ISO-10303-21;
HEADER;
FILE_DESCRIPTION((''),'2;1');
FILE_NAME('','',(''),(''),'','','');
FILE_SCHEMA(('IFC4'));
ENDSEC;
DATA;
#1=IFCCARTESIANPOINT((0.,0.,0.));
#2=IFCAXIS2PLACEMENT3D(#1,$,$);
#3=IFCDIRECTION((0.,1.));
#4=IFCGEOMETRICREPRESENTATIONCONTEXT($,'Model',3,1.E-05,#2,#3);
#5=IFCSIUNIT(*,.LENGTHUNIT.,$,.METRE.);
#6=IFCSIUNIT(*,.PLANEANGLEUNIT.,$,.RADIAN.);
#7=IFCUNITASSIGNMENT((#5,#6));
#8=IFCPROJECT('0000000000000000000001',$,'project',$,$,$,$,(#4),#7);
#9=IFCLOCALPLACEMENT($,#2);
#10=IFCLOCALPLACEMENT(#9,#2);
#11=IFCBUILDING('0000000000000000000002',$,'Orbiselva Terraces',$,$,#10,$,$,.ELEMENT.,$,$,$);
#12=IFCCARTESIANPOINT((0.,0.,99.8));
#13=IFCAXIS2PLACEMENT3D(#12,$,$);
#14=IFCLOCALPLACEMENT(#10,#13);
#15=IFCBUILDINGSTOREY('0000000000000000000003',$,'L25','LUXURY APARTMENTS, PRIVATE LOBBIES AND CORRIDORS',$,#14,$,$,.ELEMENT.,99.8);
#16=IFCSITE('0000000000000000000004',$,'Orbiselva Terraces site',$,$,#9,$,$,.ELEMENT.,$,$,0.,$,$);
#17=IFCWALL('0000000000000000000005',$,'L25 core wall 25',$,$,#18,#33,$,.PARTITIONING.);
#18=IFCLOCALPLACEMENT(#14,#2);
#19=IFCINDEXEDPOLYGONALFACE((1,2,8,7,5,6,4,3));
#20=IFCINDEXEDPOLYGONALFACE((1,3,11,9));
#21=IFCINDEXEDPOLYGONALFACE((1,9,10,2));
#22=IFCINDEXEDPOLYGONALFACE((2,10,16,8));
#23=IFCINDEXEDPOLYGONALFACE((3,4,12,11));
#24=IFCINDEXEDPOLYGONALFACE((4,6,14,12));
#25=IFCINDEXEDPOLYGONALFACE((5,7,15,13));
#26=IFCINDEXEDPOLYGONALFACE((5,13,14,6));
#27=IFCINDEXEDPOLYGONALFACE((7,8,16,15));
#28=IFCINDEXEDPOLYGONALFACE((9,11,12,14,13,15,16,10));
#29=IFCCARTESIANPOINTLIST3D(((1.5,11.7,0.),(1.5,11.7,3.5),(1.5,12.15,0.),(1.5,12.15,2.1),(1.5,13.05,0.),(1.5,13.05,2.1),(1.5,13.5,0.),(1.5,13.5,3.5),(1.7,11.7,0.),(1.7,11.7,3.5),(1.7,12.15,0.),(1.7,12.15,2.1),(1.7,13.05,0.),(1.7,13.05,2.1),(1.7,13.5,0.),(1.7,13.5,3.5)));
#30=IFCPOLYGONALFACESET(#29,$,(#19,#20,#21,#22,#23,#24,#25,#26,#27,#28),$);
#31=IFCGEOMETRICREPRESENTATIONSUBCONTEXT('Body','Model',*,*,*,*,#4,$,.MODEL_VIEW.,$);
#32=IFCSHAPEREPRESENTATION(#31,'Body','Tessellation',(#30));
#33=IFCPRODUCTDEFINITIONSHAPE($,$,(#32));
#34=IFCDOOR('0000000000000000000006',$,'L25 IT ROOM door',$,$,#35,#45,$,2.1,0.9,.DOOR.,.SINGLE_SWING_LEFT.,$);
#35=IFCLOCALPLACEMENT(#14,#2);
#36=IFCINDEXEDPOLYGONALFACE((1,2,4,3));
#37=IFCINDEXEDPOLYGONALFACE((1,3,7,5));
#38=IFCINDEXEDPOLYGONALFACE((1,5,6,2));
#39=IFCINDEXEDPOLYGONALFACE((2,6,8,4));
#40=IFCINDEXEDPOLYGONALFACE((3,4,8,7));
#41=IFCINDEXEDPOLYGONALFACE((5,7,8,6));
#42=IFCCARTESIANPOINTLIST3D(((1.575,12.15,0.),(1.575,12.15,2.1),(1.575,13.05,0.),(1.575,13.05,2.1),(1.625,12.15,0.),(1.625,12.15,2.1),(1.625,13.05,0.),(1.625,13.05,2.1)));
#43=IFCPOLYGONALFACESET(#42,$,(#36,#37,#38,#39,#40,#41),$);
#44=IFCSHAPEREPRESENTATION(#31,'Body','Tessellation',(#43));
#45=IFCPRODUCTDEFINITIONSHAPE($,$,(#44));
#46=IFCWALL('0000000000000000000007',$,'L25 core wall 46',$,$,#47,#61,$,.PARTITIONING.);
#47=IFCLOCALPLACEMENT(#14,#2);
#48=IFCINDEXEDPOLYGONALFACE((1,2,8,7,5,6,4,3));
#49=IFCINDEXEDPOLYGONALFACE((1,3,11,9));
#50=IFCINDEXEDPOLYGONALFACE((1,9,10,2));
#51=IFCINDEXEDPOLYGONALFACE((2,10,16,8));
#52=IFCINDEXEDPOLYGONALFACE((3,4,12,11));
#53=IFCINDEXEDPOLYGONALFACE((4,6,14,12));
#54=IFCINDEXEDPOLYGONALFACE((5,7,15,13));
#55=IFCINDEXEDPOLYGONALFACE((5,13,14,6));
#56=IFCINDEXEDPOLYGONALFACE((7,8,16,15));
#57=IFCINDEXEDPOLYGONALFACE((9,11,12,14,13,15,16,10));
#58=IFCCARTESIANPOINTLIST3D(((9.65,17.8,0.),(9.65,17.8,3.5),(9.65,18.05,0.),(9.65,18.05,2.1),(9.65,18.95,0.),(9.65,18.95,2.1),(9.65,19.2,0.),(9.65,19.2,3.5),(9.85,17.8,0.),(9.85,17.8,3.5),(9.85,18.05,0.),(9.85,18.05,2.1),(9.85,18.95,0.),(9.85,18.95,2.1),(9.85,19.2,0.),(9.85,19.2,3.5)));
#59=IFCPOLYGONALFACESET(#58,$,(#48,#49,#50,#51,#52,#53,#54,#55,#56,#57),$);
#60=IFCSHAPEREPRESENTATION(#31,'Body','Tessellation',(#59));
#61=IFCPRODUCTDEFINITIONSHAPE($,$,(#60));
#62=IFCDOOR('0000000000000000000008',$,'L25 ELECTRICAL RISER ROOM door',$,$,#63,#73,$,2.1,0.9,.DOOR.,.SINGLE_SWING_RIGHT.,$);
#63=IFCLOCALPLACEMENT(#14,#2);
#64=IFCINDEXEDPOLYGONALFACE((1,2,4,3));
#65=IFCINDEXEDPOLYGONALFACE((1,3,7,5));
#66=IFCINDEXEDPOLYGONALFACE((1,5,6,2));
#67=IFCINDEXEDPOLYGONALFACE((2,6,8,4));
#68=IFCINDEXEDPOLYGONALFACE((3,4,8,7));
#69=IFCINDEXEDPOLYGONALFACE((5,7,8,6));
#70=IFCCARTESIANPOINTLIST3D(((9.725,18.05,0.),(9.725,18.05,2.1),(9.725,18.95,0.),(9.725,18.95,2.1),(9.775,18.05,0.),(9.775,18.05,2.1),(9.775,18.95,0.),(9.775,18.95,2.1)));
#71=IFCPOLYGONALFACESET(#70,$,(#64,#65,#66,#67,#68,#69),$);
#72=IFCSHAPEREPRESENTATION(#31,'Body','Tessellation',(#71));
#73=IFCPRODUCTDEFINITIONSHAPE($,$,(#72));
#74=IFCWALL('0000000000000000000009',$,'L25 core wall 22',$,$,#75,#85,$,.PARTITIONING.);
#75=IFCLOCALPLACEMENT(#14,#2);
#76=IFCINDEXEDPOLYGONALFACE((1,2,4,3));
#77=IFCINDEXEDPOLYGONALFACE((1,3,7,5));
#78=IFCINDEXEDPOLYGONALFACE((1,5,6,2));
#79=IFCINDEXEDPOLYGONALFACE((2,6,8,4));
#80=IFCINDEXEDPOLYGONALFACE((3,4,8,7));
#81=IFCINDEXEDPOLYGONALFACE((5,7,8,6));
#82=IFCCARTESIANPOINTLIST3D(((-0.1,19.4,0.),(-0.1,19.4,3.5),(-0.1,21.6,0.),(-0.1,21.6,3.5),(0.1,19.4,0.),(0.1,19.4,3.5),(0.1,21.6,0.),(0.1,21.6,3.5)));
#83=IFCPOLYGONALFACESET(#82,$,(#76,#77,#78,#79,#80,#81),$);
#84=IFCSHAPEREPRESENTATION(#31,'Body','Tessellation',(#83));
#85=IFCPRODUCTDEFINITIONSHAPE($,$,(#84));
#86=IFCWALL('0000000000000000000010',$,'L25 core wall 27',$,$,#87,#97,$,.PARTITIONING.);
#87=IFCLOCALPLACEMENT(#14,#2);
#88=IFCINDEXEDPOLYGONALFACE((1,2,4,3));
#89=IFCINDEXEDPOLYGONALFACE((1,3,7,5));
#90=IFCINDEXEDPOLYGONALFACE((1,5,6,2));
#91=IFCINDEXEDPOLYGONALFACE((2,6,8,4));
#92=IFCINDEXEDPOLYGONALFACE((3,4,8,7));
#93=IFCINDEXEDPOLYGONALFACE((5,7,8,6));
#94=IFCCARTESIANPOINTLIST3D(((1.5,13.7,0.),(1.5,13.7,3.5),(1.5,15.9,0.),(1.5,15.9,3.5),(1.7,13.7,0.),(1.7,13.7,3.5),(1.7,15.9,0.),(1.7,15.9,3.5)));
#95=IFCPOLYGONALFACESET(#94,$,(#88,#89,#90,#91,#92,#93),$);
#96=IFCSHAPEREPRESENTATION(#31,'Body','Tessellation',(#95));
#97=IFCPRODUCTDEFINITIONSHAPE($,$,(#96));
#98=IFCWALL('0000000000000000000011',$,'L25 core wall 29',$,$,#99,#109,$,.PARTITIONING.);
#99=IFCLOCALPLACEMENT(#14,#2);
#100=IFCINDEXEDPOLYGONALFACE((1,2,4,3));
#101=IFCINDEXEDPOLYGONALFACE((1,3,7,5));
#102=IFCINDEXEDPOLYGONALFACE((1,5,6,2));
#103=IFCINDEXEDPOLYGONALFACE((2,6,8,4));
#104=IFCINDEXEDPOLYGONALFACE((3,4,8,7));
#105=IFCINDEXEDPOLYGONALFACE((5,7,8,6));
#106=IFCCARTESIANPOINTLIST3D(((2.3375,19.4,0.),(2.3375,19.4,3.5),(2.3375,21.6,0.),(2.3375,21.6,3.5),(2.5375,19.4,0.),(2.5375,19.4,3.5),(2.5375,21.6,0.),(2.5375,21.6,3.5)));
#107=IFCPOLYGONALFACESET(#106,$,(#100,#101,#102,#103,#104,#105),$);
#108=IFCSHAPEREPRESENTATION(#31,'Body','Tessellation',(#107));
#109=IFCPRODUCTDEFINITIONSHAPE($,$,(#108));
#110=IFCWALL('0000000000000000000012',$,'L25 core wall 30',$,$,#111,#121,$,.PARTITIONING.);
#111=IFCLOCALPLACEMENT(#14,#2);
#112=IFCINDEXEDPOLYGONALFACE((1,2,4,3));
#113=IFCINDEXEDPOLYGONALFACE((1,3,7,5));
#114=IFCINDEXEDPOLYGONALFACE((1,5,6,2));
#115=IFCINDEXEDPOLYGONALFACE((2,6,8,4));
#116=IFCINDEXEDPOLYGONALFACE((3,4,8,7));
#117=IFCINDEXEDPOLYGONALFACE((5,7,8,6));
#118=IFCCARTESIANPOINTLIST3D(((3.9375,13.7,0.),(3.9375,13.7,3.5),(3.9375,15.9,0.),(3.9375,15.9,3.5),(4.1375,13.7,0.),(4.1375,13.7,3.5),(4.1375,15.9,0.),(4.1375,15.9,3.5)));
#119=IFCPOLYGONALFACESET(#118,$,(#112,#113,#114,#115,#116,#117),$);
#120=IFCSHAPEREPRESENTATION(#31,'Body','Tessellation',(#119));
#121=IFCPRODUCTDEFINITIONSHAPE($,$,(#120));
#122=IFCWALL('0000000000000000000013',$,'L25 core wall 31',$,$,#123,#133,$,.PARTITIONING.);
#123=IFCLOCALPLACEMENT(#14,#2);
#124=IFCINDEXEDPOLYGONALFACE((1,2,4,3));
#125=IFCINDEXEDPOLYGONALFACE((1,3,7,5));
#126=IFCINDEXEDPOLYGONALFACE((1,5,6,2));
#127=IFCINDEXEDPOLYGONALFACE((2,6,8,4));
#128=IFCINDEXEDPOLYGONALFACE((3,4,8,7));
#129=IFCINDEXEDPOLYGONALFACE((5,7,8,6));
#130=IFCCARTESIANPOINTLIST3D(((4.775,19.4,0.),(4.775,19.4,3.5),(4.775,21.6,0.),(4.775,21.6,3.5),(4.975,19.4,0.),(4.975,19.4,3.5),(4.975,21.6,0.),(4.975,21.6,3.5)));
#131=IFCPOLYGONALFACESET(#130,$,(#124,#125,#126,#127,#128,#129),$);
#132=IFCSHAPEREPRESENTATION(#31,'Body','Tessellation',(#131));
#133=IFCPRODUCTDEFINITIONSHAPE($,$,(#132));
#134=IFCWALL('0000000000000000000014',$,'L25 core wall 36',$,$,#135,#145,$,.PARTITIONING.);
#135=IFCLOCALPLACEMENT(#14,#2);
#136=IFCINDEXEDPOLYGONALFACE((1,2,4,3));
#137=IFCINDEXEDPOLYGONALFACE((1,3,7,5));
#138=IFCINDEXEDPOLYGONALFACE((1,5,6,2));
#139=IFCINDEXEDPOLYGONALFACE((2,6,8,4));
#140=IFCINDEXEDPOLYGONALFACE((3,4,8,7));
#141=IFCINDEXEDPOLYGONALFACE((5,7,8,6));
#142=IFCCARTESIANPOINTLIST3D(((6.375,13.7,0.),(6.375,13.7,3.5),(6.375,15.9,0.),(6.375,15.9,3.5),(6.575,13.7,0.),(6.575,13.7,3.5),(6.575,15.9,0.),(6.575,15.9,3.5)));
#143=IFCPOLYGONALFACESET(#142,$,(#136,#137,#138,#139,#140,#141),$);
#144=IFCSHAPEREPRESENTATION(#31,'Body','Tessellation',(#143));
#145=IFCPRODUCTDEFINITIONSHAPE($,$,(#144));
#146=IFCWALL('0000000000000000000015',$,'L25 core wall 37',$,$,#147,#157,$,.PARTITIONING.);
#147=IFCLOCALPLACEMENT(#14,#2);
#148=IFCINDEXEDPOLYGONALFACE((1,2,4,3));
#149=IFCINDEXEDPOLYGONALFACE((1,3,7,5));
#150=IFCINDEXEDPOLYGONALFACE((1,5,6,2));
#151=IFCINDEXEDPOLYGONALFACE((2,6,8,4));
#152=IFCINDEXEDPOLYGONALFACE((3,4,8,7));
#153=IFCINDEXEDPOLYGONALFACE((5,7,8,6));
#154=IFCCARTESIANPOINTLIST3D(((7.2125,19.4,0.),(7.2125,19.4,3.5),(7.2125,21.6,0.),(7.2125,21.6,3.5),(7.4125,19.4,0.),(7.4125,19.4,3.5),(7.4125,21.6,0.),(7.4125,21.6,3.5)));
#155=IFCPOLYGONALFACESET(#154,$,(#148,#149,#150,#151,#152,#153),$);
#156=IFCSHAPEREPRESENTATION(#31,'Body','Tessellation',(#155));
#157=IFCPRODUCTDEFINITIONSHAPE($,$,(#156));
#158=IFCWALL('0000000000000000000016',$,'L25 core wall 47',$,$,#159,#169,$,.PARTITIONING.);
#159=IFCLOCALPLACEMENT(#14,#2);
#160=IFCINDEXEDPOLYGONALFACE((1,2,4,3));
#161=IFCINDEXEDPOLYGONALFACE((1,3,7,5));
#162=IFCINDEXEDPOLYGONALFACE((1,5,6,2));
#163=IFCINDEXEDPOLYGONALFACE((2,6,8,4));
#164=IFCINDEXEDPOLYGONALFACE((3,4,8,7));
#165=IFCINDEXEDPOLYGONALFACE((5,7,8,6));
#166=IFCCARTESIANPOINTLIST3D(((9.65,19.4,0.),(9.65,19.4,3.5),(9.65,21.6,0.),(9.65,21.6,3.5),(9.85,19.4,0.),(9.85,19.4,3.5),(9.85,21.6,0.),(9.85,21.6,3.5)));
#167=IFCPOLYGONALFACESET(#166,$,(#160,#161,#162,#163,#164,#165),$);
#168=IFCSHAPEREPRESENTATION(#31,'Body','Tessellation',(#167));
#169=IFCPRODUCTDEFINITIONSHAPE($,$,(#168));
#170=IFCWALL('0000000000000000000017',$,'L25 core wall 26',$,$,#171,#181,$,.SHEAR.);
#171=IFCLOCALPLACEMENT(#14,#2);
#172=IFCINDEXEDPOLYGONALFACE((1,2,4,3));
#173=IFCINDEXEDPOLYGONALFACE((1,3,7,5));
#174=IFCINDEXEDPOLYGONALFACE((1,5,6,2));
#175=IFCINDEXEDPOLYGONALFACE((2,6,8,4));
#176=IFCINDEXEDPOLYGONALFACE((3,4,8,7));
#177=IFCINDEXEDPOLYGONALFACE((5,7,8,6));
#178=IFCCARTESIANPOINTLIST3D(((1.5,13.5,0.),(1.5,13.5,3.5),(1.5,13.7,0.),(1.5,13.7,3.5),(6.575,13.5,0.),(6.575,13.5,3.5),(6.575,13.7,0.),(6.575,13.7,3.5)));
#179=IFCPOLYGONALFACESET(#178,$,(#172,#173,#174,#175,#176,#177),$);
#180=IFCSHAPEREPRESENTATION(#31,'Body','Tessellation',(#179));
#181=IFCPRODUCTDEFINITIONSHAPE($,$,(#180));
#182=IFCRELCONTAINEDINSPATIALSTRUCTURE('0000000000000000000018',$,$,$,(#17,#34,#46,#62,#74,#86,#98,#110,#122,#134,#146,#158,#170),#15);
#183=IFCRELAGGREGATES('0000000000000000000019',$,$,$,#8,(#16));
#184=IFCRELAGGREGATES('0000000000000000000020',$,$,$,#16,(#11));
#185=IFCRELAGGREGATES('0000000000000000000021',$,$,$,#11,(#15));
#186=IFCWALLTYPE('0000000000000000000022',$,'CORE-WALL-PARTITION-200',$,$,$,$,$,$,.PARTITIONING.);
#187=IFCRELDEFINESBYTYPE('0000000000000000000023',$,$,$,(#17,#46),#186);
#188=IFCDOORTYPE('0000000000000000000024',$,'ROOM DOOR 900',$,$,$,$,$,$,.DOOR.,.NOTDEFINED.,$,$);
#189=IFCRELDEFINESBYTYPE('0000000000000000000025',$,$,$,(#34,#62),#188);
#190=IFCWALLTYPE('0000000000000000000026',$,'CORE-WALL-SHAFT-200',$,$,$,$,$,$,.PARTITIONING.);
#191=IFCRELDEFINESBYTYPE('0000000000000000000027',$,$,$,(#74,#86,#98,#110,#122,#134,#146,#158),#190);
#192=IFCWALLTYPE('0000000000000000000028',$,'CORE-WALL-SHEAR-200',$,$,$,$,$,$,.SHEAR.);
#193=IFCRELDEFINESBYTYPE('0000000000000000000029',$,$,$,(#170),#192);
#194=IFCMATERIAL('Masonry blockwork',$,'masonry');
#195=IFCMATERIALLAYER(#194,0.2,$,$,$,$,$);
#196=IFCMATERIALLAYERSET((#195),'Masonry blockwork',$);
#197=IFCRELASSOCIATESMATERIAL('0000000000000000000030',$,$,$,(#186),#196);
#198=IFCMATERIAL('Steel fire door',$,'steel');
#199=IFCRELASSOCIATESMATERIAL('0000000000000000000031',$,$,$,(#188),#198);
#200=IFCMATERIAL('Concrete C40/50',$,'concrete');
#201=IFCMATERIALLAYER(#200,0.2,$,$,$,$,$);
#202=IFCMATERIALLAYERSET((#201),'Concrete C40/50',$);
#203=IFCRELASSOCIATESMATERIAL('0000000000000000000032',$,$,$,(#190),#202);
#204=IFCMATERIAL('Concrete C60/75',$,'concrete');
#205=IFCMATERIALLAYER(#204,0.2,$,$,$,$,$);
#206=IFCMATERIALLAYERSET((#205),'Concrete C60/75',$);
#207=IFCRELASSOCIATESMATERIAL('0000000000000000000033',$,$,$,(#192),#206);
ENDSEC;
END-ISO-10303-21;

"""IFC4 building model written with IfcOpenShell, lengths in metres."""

from ifc_helpers import new_model, si_unit, direction, frame, frame_2d, origin, place, context, subcontext, project, spatial, rectangle, extrude, material, layer, layer_set, type_object, element, fill, save


model = new_model("IFC4")

# Units and contexts
model_context = context("Model", 3, precision=1e-05, world=origin(), true_north=direction((0.0, 1.0)))
body_context = subcontext(model_context, "Body", "Model", "MODEL_VIEW")
ifc_project = project(units=[si_unit("LENGTHUNIT", "METRE"), si_unit("PLANEANGLEUNIT", "RADIAN")], contexts=[model_context])

# Site, building, storey
site_placement = place(None, origin())
site = spatial("IfcSite", under=ifc_project, at=site_placement, Name="Orbiselva Terraces site", CompositionType="ELEMENT", RefElevation=0.0)
building_placement = place(site_placement, origin())
building = spatial("IfcBuilding", under=site, at=building_placement, Name="Orbiselva Terraces", CompositionType="ELEMENT")
storey_placement = place(building_placement, frame((0.0, 0.0, 99.8)))
storey = spatial("IfcBuildingStorey", under=building, at=storey_placement, Name="L25", Description="LUXURY APARTMENTS, PRIVATE LOBBIES AND CORRIDORS", CompositionType="ELEMENT", Elevation=99.8)

# Walls, openings, doors
ifc_material_1 = material(Name="Masonry blockwork", Category="masonry")
ifc_layer_1 = layer(ifc_material_1, 0.2)
ifc_layer_set_1 = layer_set([ifc_layer_1], Name="Masonry blockwork")
wall_type_1 = type_object("IfcWallType", Name="CORE-WALL-PARTITION-200", PredefinedType="PARTITIONING", material=ifc_layer_set_1)
wall_1_placement = place(storey_placement, frame((1.6, 13.5, 0.0), z_axis=(0.0, 0.0, 1.0), x_axis=(0.0, -1.0, 0.0)))
wall_1 = element("IfcWall", 1, at=wall_1_placement, inside=storey, type_object=wall_type_1, Name="L25 core wall 25", PredefinedType="PARTITIONING", context=body_context, shape_type="SweptSolid", body=[
    extrude(rectangle(XDim=1.8, YDim=0.2, at=frame_2d((0.9, 0.0))), origin(), (0.0, 0.0, 1.0), 3.5),
])
opening_1_placement = place(wall_1_placement, frame((0.45, 0.0, 0.0)))
opening_1 = element("IfcOpeningElement", 2, at=opening_1_placement, cuts=wall_1, PredefinedType="OPENING", context=body_context, shape_type="SweptSolid", body=[
    extrude(rectangle(XDim=0.9, YDim=2.1, at=frame_2d((0.45, 1.05))), frame((0.0, 0.11, 0.0), z_axis=(0.0, -1.0, 0.0), x_axis=(1.0, 0.0, 0.0)), (0.0, 0.0, 1.0), 0.22),
])
ifc_material_2 = material(Name="Steel fire door", Category="steel")
door_type = type_object("IfcDoorType", Name="ROOM DOOR 900", OperationType="NOTDEFINED", PredefinedType="DOOR", material=ifc_material_2)
door_1_placement = place(opening_1_placement, origin())
door_1 = element("IfcDoor", 3, at=door_1_placement, inside=storey, type_object=door_type, Name="L25 IT ROOM door", OperationType="SINGLE_SWING_LEFT", OverallHeight=2.1, OverallWidth=0.9, PredefinedType="DOOR", context=body_context, shape_type="SweptSolid", body=[
    extrude(rectangle(XDim=0.9, YDim=2.1, at=frame_2d((0.45, 1.05))), frame((0.0, 0.025, 0.0), z_axis=(0.0, -1.0, 0.0), x_axis=(1.0, 0.0, 0.0)), (0.0, 0.0, 1.0), 0.05),
])
fill(opening_1, door_1)
wall_2_placement = place(storey_placement, frame((9.75, 19.2, 0.0), z_axis=(0.0, 0.0, 1.0), x_axis=(0.0, -1.0, 0.0)))
wall_2 = element("IfcWall", 4, at=wall_2_placement, inside=storey, type_object=wall_type_1, Name="L25 core wall 46", PredefinedType="PARTITIONING", context=body_context, shape_type="SweptSolid", body=[
    extrude(rectangle(XDim=1.4, YDim=0.2, at=frame_2d((0.7, 0.0))), origin(), (0.0, 0.0, 1.0), 3.5),
])
opening_2_placement = place(wall_2_placement, frame((0.25, 0.0, 0.0)))
opening_2 = element("IfcOpeningElement", 5, at=opening_2_placement, cuts=wall_2, PredefinedType="OPENING", context=body_context, shape_type="SweptSolid", body=[
    extrude(rectangle(XDim=0.9, YDim=2.1, at=frame_2d((0.45, 1.05))), frame((0.0, 0.11, 0.0), z_axis=(0.0, -1.0, 0.0), x_axis=(1.0, 0.0, 0.0)), (0.0, 0.0, 1.0), 0.22),
])
door_2_placement = place(opening_2_placement, origin())
door_2 = element("IfcDoor", 6, at=door_2_placement, inside=storey, type_object=door_type, Name="L25 ELECTRICAL RISER ROOM door", OperationType="SINGLE_SWING_RIGHT", OverallHeight=2.1, OverallWidth=0.9, PredefinedType="DOOR", context=body_context, shape_type="SweptSolid", body=[
    extrude(rectangle(XDim=0.9, YDim=2.1, at=frame_2d((0.45, 1.05))), frame((0.0, 0.025, 0.0), z_axis=(0.0, -1.0, 0.0), x_axis=(1.0, 0.0, 0.0)), (0.0, 0.0, 1.0), 0.05),
])
fill(opening_2, door_2)

# Walls
ifc_material_3 = material(Name="Concrete C40/50", Category="concrete")
ifc_layer_2 = layer(ifc_material_3, 0.2)
ifc_layer_set_2 = layer_set([ifc_layer_2], Name="Concrete C40/50")
wall_type_2 = type_object("IfcWallType", Name="CORE-WALL-SHAFT-200", PredefinedType="PARTITIONING", material=ifc_layer_set_2)
for number, where, z_axis, x_axis, name in (
    (7, (0.0, 19.4, 0.0), (0.0, 0.0, 1.0), (0.0, 1.0, 0.0), "L25 core wall 22"),
    (8, (1.6, 13.7, 0.0), (0.0, 0.0, 1.0), (0.0, 1.0, 0.0), "L25 core wall 27"),
    (9, (2.4375, 19.4, 0.0), (0.0, 0.0, 1.0), (0.0, 1.0, 0.0), "L25 core wall 29"),
    (10, (4.0375, 13.7, 0.0), (0.0, 0.0, 1.0), (0.0, 1.0, 0.0), "L25 core wall 30"),
    (11, (4.875, 19.4, 0.0), (0.0, 0.0, 1.0), (0.0, 1.0, 0.0), "L25 core wall 31"),
    (12, (6.475, 13.7, 0.0), (0.0, 0.0, 1.0), (0.0, 1.0, 0.0), "L25 core wall 36"),
    (13, (7.3125, 19.4, 0.0), (0.0, 0.0, 1.0), (0.0, 1.0, 0.0), "L25 core wall 37"),
    (14, (9.75, 19.4, 0.0), (0.0, 0.0, 1.0), (0.0, 1.0, 0.0), "L25 core wall 47"),
):
    element("IfcWall", number, at=place(storey_placement, frame(where, z_axis=z_axis, x_axis=x_axis)), inside=storey, type_object=wall_type_2, Name=name, PredefinedType="PARTITIONING", context=body_context, shape_type="SweptSolid", body=[
        extrude(rectangle(XDim=2.2, YDim=0.2, at=frame_2d((1.1, 0.0))), origin(), (0.0, 0.0, 1.0), 3.5),
    ])
ifc_material_4 = material(Name="Concrete C60/75", Category="concrete")
ifc_layer_3 = layer(ifc_material_4, 0.2)
ifc_layer_set_3 = layer_set([ifc_layer_3], Name="Concrete C60/75")
wall_type_3 = type_object("IfcWallType", Name="CORE-WALL-SHEAR-200", PredefinedType="SHEAR", material=ifc_layer_set_3)
wall_3_placement = place(storey_placement, frame((1.5, 13.6, 0.0), z_axis=(0.0, 0.0, 1.0), x_axis=(1.0, 0.0, 0.0)))
element("IfcWall", 15, at=wall_3_placement, inside=storey, type_object=wall_type_3, Name="L25 core wall 26", PredefinedType="SHEAR", context=body_context, shape_type="SweptSolid", body=[
    extrude(rectangle(XDim=5.075, YDim=0.2, at=frame_2d((2.5375, 0.0))), origin(), (0.0, 0.0, 1.0), 3.5),
])

save(model, "model.ifc")
